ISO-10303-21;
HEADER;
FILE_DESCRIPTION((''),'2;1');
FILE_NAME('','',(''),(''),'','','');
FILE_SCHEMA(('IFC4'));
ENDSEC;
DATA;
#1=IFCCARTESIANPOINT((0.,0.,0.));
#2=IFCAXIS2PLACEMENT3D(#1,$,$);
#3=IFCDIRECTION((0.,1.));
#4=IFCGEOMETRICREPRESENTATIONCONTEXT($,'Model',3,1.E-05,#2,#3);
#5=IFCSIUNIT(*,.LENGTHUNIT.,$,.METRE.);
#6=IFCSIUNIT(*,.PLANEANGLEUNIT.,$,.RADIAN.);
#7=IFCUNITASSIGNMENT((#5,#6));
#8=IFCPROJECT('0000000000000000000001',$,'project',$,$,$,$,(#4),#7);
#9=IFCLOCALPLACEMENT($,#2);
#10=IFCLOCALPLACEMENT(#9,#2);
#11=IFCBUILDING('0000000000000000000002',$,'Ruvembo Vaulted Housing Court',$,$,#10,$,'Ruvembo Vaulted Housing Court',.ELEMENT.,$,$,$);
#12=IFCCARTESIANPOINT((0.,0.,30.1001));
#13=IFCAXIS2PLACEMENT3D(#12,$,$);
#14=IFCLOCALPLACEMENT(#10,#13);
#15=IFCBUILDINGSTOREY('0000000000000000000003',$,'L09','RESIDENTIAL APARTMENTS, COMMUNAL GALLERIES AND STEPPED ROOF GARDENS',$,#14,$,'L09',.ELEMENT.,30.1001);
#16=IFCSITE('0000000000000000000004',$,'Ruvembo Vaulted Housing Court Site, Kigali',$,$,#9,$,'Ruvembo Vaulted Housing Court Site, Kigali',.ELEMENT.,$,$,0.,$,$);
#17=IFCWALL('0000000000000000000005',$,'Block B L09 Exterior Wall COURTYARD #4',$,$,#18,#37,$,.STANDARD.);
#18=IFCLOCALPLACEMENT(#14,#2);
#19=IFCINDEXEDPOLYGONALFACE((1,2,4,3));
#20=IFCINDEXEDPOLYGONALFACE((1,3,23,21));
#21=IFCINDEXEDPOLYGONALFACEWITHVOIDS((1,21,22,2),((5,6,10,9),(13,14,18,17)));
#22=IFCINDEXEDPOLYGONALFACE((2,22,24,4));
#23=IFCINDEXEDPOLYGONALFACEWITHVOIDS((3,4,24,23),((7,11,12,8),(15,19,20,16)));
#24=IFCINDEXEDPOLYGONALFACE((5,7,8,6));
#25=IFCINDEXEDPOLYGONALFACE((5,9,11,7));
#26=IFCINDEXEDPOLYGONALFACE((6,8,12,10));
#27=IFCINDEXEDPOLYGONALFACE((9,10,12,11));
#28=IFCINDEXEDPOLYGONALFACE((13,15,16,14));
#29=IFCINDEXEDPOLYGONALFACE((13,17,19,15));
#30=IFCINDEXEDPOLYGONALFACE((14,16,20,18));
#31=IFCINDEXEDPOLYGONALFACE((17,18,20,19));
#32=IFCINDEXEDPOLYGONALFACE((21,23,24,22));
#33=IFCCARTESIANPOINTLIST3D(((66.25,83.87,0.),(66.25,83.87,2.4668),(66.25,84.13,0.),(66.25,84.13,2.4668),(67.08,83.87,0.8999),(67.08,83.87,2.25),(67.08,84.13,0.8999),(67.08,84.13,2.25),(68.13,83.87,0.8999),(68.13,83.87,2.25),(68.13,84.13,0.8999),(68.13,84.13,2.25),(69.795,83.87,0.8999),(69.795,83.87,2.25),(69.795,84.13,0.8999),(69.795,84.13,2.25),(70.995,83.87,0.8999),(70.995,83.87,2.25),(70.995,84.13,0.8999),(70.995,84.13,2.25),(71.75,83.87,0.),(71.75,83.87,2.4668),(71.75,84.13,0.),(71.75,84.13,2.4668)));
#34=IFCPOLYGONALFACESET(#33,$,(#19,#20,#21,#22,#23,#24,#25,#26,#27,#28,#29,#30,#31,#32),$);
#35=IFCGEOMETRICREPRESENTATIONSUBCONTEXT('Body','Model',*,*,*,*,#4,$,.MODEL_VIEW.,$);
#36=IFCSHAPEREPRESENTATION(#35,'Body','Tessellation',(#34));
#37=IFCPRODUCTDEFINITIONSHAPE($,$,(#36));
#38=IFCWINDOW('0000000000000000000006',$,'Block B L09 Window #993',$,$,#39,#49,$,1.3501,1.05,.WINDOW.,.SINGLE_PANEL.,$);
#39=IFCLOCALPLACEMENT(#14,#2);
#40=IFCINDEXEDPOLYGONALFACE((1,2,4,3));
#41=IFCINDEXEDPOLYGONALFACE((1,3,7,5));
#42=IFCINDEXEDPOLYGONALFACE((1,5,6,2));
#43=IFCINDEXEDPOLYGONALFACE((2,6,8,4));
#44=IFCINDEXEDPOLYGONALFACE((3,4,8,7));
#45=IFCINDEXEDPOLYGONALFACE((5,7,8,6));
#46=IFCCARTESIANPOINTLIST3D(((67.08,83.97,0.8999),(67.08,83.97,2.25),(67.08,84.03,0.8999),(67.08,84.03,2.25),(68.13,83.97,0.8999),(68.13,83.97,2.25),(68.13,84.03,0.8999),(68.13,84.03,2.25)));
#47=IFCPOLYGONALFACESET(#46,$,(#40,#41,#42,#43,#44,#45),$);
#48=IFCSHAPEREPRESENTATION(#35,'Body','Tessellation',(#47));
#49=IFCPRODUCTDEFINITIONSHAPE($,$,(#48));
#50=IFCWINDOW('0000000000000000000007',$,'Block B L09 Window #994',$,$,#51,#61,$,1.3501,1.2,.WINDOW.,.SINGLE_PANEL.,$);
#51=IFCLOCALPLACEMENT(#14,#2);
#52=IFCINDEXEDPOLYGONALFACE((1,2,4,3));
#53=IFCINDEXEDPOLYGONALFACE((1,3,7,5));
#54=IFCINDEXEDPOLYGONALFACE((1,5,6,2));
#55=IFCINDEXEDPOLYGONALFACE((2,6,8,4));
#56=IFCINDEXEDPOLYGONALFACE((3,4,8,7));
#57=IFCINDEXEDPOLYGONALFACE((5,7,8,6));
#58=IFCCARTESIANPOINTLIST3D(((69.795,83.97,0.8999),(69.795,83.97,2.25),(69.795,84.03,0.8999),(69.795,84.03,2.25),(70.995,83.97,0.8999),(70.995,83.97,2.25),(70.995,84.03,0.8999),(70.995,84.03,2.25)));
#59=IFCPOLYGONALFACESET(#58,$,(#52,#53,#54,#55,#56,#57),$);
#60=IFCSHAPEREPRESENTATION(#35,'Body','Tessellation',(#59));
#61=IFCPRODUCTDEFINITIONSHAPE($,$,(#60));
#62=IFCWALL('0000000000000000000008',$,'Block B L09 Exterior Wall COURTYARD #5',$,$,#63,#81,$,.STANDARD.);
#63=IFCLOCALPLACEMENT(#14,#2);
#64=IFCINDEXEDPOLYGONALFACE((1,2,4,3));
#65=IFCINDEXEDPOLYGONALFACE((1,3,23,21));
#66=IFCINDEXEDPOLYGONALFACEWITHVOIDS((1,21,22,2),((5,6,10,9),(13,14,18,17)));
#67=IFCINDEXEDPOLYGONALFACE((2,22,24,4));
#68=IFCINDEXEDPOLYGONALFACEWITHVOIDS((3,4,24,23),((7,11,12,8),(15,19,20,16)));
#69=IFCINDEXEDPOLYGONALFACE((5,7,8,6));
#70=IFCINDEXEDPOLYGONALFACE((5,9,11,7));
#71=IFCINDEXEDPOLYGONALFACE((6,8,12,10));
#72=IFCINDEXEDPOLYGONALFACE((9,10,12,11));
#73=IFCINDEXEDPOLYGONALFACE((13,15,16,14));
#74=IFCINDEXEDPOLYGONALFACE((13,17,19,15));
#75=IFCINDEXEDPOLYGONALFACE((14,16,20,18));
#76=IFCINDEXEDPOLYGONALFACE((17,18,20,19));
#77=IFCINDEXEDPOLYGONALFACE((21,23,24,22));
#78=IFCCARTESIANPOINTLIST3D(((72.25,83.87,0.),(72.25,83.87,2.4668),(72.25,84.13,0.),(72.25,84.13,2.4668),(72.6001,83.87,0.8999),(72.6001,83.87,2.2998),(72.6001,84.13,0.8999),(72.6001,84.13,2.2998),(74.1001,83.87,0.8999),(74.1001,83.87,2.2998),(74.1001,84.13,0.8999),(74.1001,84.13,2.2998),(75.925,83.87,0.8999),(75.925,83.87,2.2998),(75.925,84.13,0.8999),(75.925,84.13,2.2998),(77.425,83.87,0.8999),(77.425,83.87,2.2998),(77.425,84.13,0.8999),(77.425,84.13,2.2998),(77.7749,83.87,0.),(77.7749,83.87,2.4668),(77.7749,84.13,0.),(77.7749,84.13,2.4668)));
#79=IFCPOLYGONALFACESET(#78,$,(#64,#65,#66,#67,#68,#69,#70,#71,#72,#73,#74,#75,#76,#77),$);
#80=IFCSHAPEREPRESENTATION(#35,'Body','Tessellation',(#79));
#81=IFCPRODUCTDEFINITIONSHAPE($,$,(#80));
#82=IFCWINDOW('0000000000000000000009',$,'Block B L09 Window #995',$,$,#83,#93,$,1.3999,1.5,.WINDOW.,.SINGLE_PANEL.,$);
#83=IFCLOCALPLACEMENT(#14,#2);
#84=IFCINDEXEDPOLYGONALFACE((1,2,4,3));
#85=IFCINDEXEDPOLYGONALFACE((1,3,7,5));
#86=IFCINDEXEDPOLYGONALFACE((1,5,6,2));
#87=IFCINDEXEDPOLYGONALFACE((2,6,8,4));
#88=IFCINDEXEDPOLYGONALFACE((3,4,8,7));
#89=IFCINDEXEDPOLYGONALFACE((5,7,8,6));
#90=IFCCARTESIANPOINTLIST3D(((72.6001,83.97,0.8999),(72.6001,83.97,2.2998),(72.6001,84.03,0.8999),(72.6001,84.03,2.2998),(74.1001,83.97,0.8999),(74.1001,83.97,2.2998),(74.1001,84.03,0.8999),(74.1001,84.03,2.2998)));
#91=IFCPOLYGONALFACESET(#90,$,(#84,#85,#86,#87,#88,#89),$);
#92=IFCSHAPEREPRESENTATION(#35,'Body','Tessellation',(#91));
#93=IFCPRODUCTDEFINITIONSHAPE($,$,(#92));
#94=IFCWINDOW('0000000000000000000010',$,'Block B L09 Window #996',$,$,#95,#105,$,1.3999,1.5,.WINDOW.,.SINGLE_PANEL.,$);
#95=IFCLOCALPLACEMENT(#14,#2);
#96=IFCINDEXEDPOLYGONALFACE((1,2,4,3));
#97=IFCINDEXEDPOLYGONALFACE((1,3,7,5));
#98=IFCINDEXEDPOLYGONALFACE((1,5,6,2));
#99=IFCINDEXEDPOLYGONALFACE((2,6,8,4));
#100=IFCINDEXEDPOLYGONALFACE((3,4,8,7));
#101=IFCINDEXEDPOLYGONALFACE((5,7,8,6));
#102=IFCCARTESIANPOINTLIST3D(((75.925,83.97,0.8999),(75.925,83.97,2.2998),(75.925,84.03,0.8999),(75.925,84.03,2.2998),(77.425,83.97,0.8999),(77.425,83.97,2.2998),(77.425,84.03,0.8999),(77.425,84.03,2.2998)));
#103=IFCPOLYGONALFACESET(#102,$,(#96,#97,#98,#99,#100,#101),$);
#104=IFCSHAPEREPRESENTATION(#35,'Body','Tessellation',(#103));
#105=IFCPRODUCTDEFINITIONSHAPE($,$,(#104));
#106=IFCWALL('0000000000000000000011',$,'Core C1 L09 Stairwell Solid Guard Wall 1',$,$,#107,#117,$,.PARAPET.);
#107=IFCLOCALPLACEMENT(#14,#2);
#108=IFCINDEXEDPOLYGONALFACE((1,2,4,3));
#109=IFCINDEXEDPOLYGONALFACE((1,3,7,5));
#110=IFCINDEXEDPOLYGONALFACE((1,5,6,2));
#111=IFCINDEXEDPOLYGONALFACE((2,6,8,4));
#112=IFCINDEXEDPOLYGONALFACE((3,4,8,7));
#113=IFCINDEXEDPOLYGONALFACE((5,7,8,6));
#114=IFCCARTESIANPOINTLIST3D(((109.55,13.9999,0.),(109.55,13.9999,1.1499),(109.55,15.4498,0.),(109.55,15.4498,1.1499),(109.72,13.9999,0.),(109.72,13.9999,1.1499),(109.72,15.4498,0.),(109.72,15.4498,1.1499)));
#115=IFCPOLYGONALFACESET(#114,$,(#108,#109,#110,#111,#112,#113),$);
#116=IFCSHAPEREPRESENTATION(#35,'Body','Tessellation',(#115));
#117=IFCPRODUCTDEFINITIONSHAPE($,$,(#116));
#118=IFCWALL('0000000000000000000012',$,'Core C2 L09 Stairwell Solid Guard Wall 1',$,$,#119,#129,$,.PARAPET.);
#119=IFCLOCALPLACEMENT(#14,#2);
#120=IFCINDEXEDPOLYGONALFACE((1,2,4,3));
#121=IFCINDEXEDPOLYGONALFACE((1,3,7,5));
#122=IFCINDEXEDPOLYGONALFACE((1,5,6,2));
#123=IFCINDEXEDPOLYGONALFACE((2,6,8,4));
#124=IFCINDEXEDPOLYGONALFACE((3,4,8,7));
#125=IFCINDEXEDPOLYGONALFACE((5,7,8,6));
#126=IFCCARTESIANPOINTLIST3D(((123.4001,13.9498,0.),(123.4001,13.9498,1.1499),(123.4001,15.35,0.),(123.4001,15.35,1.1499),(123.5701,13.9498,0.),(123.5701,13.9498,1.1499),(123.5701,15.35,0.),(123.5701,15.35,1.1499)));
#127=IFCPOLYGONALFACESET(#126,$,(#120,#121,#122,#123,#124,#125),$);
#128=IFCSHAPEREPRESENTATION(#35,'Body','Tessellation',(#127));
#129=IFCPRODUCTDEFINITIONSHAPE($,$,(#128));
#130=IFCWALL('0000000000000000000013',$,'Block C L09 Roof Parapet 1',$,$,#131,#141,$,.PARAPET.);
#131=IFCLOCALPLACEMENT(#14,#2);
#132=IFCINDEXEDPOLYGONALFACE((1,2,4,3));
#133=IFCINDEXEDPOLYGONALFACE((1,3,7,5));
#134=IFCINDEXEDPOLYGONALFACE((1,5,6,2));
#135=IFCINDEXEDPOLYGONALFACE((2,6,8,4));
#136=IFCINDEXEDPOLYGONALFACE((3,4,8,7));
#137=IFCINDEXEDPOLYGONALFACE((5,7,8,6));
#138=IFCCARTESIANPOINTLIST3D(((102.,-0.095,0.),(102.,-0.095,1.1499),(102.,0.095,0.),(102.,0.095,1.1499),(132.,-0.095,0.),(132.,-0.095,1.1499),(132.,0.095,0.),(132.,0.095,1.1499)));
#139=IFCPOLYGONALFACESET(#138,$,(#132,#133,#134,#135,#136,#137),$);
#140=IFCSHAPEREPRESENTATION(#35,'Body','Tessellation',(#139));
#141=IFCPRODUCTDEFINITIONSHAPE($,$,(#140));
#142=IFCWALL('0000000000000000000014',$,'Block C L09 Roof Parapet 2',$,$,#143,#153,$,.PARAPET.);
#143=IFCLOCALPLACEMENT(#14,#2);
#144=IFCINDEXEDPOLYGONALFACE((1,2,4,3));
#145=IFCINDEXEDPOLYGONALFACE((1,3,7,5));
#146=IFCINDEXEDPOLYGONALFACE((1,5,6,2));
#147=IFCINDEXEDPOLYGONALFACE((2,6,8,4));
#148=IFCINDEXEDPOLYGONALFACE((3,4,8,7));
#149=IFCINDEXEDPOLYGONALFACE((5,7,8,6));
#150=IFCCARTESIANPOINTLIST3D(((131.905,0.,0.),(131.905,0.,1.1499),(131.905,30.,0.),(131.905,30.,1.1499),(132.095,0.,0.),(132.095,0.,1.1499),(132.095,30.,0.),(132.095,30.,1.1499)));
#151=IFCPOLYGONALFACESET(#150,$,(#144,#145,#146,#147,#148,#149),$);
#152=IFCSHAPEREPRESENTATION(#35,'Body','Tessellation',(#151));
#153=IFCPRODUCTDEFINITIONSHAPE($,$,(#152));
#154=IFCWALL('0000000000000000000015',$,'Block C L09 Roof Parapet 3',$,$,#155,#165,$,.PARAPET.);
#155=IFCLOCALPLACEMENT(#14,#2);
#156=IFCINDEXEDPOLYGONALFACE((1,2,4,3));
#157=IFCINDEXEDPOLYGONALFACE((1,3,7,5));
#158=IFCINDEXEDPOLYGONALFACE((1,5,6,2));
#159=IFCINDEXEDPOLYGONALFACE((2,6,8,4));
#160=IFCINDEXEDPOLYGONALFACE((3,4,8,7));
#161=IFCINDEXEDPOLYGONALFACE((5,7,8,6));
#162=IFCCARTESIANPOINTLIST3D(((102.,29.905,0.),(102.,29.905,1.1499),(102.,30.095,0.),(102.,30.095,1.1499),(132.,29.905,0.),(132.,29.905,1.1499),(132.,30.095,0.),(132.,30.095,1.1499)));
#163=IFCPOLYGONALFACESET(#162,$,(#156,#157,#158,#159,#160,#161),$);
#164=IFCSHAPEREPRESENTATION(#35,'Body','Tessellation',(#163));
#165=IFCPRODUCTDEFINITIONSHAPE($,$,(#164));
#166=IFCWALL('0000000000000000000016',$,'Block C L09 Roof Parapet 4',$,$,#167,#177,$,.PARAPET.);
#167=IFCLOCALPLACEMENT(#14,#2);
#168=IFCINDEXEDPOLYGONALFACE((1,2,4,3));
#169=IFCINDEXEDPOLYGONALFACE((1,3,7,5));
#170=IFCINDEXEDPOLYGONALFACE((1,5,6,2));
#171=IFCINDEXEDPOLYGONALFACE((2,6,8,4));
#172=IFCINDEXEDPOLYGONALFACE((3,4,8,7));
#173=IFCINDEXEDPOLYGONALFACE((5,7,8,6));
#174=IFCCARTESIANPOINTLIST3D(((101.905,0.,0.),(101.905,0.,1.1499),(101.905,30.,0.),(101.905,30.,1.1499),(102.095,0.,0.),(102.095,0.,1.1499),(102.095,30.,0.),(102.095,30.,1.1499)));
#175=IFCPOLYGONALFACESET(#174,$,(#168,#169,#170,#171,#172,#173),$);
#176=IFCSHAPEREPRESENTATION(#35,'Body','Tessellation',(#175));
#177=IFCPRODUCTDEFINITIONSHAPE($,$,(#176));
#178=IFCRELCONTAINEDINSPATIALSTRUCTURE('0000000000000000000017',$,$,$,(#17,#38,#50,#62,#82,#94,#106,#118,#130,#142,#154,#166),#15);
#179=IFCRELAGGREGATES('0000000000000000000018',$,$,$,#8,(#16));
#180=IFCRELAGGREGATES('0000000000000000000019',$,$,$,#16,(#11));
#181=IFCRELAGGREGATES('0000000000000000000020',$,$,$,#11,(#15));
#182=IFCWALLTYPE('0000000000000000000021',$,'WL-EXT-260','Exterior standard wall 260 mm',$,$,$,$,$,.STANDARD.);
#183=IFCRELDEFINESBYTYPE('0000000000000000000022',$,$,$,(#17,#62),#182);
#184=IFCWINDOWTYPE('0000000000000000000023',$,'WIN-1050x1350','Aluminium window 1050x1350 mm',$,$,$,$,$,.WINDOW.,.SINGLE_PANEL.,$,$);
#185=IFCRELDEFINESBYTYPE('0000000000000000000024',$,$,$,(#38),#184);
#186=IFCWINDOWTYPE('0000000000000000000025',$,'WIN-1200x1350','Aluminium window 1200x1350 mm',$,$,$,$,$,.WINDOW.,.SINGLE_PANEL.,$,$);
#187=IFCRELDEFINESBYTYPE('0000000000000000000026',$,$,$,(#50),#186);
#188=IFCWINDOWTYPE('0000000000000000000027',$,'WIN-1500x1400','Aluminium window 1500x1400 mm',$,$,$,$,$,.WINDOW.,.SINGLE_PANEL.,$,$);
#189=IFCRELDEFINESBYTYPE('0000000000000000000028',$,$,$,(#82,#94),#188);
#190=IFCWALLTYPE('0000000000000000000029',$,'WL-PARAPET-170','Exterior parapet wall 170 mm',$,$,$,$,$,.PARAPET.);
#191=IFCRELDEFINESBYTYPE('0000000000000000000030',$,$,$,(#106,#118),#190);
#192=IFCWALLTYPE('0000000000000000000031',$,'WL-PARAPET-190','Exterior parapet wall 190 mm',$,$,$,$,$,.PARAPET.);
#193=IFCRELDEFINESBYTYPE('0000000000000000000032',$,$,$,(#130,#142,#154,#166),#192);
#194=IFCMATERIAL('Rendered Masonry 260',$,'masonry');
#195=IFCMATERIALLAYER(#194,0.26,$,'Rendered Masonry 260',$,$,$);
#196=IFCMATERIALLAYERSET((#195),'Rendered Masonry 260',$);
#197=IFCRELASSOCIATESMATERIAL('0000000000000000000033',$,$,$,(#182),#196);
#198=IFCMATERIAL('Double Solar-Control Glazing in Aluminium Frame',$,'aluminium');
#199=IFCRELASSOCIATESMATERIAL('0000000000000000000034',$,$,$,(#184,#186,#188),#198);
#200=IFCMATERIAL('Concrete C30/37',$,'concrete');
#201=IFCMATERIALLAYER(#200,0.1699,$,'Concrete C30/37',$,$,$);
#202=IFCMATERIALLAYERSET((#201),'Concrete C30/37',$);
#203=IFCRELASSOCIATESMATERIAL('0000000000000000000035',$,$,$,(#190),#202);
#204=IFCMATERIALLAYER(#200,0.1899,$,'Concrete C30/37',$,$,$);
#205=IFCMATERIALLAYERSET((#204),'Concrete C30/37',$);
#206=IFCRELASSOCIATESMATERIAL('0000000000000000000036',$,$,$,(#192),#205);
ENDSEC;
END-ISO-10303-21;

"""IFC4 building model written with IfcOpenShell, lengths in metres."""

from ifc_helpers import new_model, si_unit, direction, frame, frame_2d, origin, place, context, subcontext, project, spatial, rectangle, extrude, material, layer, layer_set, type_object, element, fill, save


model = new_model("IFC4")

# Units and contexts
model_context = context("Model", 3, precision=1e-05, world=origin(), true_north=direction((0.0, 1.0)))
body_context = subcontext(model_context, "Body", "Model", "MODEL_VIEW")
ifc_project = project(units=[si_unit("LENGTHUNIT", "METRE"), si_unit("PLANEANGLEUNIT", "RADIAN")], contexts=[model_context])

# Site, building, storey
site_placement = place(None, origin())
site = spatial("IfcSite", under=ifc_project, at=site_placement, Name="Ruvembo Vaulted Housing Court Site, Kigali", LongName="Ruvembo Vaulted Housing Court Site, Kigali", CompositionType="ELEMENT", RefElevation=0.0)
building_placement = place(site_placement, origin())
building = spatial("IfcBuilding", under=site, at=building_placement, Name="Ruvembo Vaulted Housing Court", LongName="Ruvembo Vaulted Housing Court", CompositionType="ELEMENT")
storey_placement = place(building_placement, frame((0.0, 0.0, 30.1001)))
storey = spatial("IfcBuildingStorey", under=building, at=storey_placement, Name="L09", Description="RESIDENTIAL APARTMENTS, COMMUNAL GALLERIES AND STEPPED ROOF GARDENS", LongName="L09", CompositionType="ELEMENT", Elevation=30.1001)

# Walls, openings, windows
ifc_material_1 = material(Name="Rendered Masonry 260", Category="masonry")
ifc_layer_1 = layer(ifc_material_1, 0.26, Name="Rendered Masonry 260")
ifc_layer_set_1 = layer_set([ifc_layer_1], Name="Rendered Masonry 260")
wall_type_1 = type_object("IfcWallType", Name="WL-EXT-260", Description="Exterior standard wall 260 mm", PredefinedType="STANDARD", material=ifc_layer_set_1)
ifc_material_2 = material(Name="Double Solar-Control Glazing in Aluminium Frame", Category="aluminium")
wall_1_placement = place(storey_placement, frame((66.25, 84.0, 0.0), z_axis=(0.0, 0.0, 1.0), x_axis=(1.0, 0.0, 0.0)))
wall_1 = element("IfcWall", 1, at=wall_1_placement, inside=storey, type_object=wall_type_1, Name="Block B L09 Exterior Wall COURTYARD #4", PredefinedType="STANDARD", context=body_context, shape_type="SweptSolid", body=[
    extrude(rectangle(XDim=5.5, YDim=0.26, at=frame_2d((2.75, 0.0))), origin(), (0.0, 0.0, 1.0), 2.4668),
])
opening_1_placement = place(wall_1_placement, frame((0.8301, 0.0, 0.8999)))
opening_1 = element("IfcOpeningElement", 2, at=opening_1_placement, cuts=wall_1, PredefinedType="OPENING", context=body_context, shape_type="SweptSolid", body=[
    extrude(rectangle(XDim=1.05, YDim=1.3501, at=frame_2d((0.5249, 0.675))), frame((0.0, 0.1399, 0.0), z_axis=(0.0, -1.0, 0.0), x_axis=(1.0, 0.0, 0.0)), (0.0, 0.0, 1.0), 0.28),
])
opening_2_placement = place(wall_1_placement, frame((3.5449, 0.0, 0.8999)))
opening_2 = element("IfcOpeningElement", 3, at=opening_2_placement, cuts=wall_1, PredefinedType="OPENING", context=body_context, shape_type="SweptSolid", body=[
    extrude(rectangle(XDim=1.2, YDim=1.3501, at=frame_2d((0.6001, 0.675))), frame((0.0, 0.1399, 0.0), z_axis=(0.0, -1.0, 0.0), x_axis=(1.0, 0.0, 0.0)), (0.0, 0.0, 1.0), 0.28),
])
window_type_1 = type_object("IfcWindowType", Name="WIN-1050x1350", Description="Aluminium window 1050x1350 mm", PartitioningType="SINGLE_PANEL", PredefinedType="WINDOW", material=ifc_material_2)
window_1_placement = place(opening_1_placement, origin())
window_1 = element("IfcWindow", 4, at=window_1_placement, inside=storey, type_object=window_type_1, Name="Block B L09 Window #993", OverallHeight=1.3501, OverallWidth=1.05, PartitioningType="SINGLE_PANEL", PredefinedType="WINDOW", context=body_context, shape_type="SweptSolid", body=[
    extrude(rectangle(XDim=1.05, YDim=1.3501, at=frame_2d((0.5249, 0.675))), frame((0.0, 0.03, 0.0), z_axis=(0.0, -1.0, 0.0), x_axis=(1.0, 0.0, 0.0)), (0.0, 0.0, 1.0), 0.0601),
])
fill(opening_1, window_1)
window_type_2 = type_object("IfcWindowType", Name="WIN-1200x1350", Description="Aluminium window 1200x1350 mm", PartitioningType="SINGLE_PANEL", PredefinedType="WINDOW", material=ifc_material_2)
window_2_placement = place(opening_2_placement, origin())
window_2 = element("IfcWindow", 5, at=window_2_placement, inside=storey, type_object=window_type_2, Name="Block B L09 Window #994", OverallHeight=1.3501, OverallWidth=1.2, PartitioningType="SINGLE_PANEL", PredefinedType="WINDOW", context=body_context, shape_type="SweptSolid", body=[
    extrude(rectangle(XDim=1.2, YDim=1.3501, at=frame_2d((0.6001, 0.675))), frame((0.0, 0.03, 0.0), z_axis=(0.0, -1.0, 0.0), x_axis=(1.0, 0.0, 0.0)), (0.0, 0.0, 1.0), 0.0601),
])
fill(opening_2, window_2)
wall_2_placement = place(storey_placement, frame((72.25, 84.0, 0.0), z_axis=(0.0, 0.0, 1.0), x_axis=(1.0, 0.0, 0.0)))
wall_2 = element("IfcWall", 6, at=wall_2_placement, inside=storey, type_object=wall_type_1, Name="Block B L09 Exterior Wall COURTYARD #5", PredefinedType="STANDARD", context=body_context, shape_type="SweptSolid", body=[
    extrude(rectangle(XDim=5.5249, YDim=0.26, at=frame_2d((2.7625, 0.0))), origin(), (0.0, 0.0, 1.0), 2.4668),
])
opening_3_placement = place(wall_2_placement, frame((0.3501, 0.0, 0.8999)))
opening_3 = element("IfcOpeningElement", 7, at=opening_3_placement, cuts=wall_2, PredefinedType="OPENING", context=body_context, shape_type="SweptSolid", body=[
    extrude(rectangle(XDim=1.5, YDim=1.3999, at=frame_2d((0.75, 0.7))), frame((0.0, 0.1399, 0.0), z_axis=(0.0, -1.0, 0.0), x_axis=(1.0, 0.0, 0.0)), (0.0, 0.0, 1.0), 0.28),
])
opening_4_placement = place(wall_2_placement, frame((3.675, 0.0, 0.8999)))
opening_4 = element("IfcOpeningElement", 8, at=opening_4_placement, cuts=wall_2, PredefinedType="OPENING", context=body_context, shape_type="SweptSolid", body=[
    extrude(rectangle(XDim=1.5, YDim=1.3999, at=frame_2d((0.75, 0.7))), frame((0.0, 0.1399, 0.0), z_axis=(0.0, -1.0, 0.0), x_axis=(1.0, 0.0, 0.0)), (0.0, 0.0, 1.0), 0.28),
])
window_type_3 = type_object("IfcWindowType", Name="WIN-1500x1400", Description="Aluminium window 1500x1400 mm", PartitioningType="SINGLE_PANEL", PredefinedType="WINDOW", material=ifc_material_2)
window_3_placement = place(opening_3_placement, origin())
window_3 = element("IfcWindow", 9, at=window_3_placement, inside=storey, type_object=window_type_3, Name="Block B L09 Window #995", OverallHeight=1.3999, OverallWidth=1.5, PartitioningType="SINGLE_PANEL", PredefinedType="WINDOW", context=body_context, shape_type="SweptSolid", body=[
    extrude(rectangle(XDim=1.5, YDim=1.3999, at=frame_2d((0.75, 0.7))), frame((0.0, 0.03, 0.0), z_axis=(0.0, -1.0, 0.0), x_axis=(1.0, 0.0, 0.0)), (0.0, 0.0, 1.0), 0.0601),
])
fill(opening_3, window_3)
window_4_placement = place(opening_4_placement, origin())
window_4 = element("IfcWindow", 10, at=window_4_placement, inside=storey, type_object=window_type_3, Name="Block B L09 Window #996", OverallHeight=1.3999, OverallWidth=1.5, PartitioningType="SINGLE_PANEL", PredefinedType="WINDOW", context=body_context, shape_type="SweptSolid", body=[
    extrude(rectangle(XDim=1.5, YDim=1.3999, at=frame_2d((0.75, 0.7))), frame((0.0, 0.03, 0.0), z_axis=(0.0, -1.0, 0.0), x_axis=(1.0, 0.0, 0.0)), (0.0, 0.0, 1.0), 0.0601),
])
fill(opening_4, window_4)

# Walls
ifc_material_3 = material(Name="Concrete C30/37", Category="concrete")
ifc_layer_2 = layer(ifc_material_3, 0.1699, Name="Concrete C30/37")
ifc_layer_set_2 = layer_set([ifc_layer_2], Name="Concrete C30/37")
wall_type_2 = type_object("IfcWallType", Name="WL-PARAPET-170", Description="Exterior parapet wall 170 mm", PredefinedType="PARAPET", material=ifc_layer_set_2)
wall_3_placement = place(storey_placement, frame((109.635, 15.45, 0.0), z_axis=(0.0, 0.0, 1.0), x_axis=(0.0, -1.0, 0.0)))
element("IfcWall", 11, at=wall_3_placement, inside=storey, type_object=wall_type_2, Name="Core C1 L09 Stairwell Solid Guard Wall 1", PredefinedType="PARAPET", context=body_context, shape_type="SweptSolid", body=[
    extrude(rectangle(XDim=1.45, YDim=0.1699, at=frame_2d((0.7251, 0.0))), origin(), (0.0, 0.0, 1.0), 1.1499),
])
wall_4_placement = place(storey_placement, frame((123.4851, 15.3501, 0.0), z_axis=(0.0, 0.0, 1.0), x_axis=(0.0, -1.0, 0.0)))
element("IfcWall", 12, at=wall_4_placement, inside=storey, type_object=wall_type_2, Name="Core C2 L09 Stairwell Solid Guard Wall 1", PredefinedType="PARAPET", context=body_context, shape_type="SweptSolid", body=[
    extrude(rectangle(XDim=1.4001, YDim=0.1699, at=frame_2d((0.7002, 0.0))), origin(), (0.0, 0.0, 1.0), 1.1499),
])
ifc_layer_3 = layer(ifc_material_3, 0.1899, Name="Concrete C30/37")
ifc_layer_set_3 = layer_set([ifc_layer_3], Name="Concrete C30/37")
wall_type_3 = type_object("IfcWallType", Name="WL-PARAPET-190", Description="Exterior parapet wall 190 mm", PredefinedType="PARAPET", material=ifc_layer_set_3)
for number, where, z_axis, x_axis, name in (
    (13, (102.0, 0.0, 0.0), (0.0, 0.0, 1.0), (1.0, 0.0, 0.0), "Block C L09 Roof Parapet 1"),
    (14, (132.0, 0.0, 0.0), (0.0, 0.0, 1.0), (0.0, 1.0, 0.0), "Block C L09 Roof Parapet 2"),
    (15, (132.0, 30.0, 0.0), (0.0, 0.0, 1.0), (-1.0, 0.0, 0.0), "Block C L09 Roof Parapet 3"),
    (16, (102.0, 30.0, 0.0), (0.0, 0.0, 1.0), (0.0, -1.0, 0.0), "Block C L09 Roof Parapet 4"),
):
    element("IfcWall", number, at=place(storey_placement, frame(where, z_axis=z_axis, x_axis=x_axis)), inside=storey, type_object=wall_type_3, Name=name, PredefinedType="PARAPET", context=body_context, shape_type="SweptSolid", body=[
        extrude(rectangle(XDim=30.0, YDim=0.1899, at=frame_2d((15.0, 0.0))), origin(), (0.0, 0.0, 1.0), 1.1499),
    ])

save(model, "model.ifc")
